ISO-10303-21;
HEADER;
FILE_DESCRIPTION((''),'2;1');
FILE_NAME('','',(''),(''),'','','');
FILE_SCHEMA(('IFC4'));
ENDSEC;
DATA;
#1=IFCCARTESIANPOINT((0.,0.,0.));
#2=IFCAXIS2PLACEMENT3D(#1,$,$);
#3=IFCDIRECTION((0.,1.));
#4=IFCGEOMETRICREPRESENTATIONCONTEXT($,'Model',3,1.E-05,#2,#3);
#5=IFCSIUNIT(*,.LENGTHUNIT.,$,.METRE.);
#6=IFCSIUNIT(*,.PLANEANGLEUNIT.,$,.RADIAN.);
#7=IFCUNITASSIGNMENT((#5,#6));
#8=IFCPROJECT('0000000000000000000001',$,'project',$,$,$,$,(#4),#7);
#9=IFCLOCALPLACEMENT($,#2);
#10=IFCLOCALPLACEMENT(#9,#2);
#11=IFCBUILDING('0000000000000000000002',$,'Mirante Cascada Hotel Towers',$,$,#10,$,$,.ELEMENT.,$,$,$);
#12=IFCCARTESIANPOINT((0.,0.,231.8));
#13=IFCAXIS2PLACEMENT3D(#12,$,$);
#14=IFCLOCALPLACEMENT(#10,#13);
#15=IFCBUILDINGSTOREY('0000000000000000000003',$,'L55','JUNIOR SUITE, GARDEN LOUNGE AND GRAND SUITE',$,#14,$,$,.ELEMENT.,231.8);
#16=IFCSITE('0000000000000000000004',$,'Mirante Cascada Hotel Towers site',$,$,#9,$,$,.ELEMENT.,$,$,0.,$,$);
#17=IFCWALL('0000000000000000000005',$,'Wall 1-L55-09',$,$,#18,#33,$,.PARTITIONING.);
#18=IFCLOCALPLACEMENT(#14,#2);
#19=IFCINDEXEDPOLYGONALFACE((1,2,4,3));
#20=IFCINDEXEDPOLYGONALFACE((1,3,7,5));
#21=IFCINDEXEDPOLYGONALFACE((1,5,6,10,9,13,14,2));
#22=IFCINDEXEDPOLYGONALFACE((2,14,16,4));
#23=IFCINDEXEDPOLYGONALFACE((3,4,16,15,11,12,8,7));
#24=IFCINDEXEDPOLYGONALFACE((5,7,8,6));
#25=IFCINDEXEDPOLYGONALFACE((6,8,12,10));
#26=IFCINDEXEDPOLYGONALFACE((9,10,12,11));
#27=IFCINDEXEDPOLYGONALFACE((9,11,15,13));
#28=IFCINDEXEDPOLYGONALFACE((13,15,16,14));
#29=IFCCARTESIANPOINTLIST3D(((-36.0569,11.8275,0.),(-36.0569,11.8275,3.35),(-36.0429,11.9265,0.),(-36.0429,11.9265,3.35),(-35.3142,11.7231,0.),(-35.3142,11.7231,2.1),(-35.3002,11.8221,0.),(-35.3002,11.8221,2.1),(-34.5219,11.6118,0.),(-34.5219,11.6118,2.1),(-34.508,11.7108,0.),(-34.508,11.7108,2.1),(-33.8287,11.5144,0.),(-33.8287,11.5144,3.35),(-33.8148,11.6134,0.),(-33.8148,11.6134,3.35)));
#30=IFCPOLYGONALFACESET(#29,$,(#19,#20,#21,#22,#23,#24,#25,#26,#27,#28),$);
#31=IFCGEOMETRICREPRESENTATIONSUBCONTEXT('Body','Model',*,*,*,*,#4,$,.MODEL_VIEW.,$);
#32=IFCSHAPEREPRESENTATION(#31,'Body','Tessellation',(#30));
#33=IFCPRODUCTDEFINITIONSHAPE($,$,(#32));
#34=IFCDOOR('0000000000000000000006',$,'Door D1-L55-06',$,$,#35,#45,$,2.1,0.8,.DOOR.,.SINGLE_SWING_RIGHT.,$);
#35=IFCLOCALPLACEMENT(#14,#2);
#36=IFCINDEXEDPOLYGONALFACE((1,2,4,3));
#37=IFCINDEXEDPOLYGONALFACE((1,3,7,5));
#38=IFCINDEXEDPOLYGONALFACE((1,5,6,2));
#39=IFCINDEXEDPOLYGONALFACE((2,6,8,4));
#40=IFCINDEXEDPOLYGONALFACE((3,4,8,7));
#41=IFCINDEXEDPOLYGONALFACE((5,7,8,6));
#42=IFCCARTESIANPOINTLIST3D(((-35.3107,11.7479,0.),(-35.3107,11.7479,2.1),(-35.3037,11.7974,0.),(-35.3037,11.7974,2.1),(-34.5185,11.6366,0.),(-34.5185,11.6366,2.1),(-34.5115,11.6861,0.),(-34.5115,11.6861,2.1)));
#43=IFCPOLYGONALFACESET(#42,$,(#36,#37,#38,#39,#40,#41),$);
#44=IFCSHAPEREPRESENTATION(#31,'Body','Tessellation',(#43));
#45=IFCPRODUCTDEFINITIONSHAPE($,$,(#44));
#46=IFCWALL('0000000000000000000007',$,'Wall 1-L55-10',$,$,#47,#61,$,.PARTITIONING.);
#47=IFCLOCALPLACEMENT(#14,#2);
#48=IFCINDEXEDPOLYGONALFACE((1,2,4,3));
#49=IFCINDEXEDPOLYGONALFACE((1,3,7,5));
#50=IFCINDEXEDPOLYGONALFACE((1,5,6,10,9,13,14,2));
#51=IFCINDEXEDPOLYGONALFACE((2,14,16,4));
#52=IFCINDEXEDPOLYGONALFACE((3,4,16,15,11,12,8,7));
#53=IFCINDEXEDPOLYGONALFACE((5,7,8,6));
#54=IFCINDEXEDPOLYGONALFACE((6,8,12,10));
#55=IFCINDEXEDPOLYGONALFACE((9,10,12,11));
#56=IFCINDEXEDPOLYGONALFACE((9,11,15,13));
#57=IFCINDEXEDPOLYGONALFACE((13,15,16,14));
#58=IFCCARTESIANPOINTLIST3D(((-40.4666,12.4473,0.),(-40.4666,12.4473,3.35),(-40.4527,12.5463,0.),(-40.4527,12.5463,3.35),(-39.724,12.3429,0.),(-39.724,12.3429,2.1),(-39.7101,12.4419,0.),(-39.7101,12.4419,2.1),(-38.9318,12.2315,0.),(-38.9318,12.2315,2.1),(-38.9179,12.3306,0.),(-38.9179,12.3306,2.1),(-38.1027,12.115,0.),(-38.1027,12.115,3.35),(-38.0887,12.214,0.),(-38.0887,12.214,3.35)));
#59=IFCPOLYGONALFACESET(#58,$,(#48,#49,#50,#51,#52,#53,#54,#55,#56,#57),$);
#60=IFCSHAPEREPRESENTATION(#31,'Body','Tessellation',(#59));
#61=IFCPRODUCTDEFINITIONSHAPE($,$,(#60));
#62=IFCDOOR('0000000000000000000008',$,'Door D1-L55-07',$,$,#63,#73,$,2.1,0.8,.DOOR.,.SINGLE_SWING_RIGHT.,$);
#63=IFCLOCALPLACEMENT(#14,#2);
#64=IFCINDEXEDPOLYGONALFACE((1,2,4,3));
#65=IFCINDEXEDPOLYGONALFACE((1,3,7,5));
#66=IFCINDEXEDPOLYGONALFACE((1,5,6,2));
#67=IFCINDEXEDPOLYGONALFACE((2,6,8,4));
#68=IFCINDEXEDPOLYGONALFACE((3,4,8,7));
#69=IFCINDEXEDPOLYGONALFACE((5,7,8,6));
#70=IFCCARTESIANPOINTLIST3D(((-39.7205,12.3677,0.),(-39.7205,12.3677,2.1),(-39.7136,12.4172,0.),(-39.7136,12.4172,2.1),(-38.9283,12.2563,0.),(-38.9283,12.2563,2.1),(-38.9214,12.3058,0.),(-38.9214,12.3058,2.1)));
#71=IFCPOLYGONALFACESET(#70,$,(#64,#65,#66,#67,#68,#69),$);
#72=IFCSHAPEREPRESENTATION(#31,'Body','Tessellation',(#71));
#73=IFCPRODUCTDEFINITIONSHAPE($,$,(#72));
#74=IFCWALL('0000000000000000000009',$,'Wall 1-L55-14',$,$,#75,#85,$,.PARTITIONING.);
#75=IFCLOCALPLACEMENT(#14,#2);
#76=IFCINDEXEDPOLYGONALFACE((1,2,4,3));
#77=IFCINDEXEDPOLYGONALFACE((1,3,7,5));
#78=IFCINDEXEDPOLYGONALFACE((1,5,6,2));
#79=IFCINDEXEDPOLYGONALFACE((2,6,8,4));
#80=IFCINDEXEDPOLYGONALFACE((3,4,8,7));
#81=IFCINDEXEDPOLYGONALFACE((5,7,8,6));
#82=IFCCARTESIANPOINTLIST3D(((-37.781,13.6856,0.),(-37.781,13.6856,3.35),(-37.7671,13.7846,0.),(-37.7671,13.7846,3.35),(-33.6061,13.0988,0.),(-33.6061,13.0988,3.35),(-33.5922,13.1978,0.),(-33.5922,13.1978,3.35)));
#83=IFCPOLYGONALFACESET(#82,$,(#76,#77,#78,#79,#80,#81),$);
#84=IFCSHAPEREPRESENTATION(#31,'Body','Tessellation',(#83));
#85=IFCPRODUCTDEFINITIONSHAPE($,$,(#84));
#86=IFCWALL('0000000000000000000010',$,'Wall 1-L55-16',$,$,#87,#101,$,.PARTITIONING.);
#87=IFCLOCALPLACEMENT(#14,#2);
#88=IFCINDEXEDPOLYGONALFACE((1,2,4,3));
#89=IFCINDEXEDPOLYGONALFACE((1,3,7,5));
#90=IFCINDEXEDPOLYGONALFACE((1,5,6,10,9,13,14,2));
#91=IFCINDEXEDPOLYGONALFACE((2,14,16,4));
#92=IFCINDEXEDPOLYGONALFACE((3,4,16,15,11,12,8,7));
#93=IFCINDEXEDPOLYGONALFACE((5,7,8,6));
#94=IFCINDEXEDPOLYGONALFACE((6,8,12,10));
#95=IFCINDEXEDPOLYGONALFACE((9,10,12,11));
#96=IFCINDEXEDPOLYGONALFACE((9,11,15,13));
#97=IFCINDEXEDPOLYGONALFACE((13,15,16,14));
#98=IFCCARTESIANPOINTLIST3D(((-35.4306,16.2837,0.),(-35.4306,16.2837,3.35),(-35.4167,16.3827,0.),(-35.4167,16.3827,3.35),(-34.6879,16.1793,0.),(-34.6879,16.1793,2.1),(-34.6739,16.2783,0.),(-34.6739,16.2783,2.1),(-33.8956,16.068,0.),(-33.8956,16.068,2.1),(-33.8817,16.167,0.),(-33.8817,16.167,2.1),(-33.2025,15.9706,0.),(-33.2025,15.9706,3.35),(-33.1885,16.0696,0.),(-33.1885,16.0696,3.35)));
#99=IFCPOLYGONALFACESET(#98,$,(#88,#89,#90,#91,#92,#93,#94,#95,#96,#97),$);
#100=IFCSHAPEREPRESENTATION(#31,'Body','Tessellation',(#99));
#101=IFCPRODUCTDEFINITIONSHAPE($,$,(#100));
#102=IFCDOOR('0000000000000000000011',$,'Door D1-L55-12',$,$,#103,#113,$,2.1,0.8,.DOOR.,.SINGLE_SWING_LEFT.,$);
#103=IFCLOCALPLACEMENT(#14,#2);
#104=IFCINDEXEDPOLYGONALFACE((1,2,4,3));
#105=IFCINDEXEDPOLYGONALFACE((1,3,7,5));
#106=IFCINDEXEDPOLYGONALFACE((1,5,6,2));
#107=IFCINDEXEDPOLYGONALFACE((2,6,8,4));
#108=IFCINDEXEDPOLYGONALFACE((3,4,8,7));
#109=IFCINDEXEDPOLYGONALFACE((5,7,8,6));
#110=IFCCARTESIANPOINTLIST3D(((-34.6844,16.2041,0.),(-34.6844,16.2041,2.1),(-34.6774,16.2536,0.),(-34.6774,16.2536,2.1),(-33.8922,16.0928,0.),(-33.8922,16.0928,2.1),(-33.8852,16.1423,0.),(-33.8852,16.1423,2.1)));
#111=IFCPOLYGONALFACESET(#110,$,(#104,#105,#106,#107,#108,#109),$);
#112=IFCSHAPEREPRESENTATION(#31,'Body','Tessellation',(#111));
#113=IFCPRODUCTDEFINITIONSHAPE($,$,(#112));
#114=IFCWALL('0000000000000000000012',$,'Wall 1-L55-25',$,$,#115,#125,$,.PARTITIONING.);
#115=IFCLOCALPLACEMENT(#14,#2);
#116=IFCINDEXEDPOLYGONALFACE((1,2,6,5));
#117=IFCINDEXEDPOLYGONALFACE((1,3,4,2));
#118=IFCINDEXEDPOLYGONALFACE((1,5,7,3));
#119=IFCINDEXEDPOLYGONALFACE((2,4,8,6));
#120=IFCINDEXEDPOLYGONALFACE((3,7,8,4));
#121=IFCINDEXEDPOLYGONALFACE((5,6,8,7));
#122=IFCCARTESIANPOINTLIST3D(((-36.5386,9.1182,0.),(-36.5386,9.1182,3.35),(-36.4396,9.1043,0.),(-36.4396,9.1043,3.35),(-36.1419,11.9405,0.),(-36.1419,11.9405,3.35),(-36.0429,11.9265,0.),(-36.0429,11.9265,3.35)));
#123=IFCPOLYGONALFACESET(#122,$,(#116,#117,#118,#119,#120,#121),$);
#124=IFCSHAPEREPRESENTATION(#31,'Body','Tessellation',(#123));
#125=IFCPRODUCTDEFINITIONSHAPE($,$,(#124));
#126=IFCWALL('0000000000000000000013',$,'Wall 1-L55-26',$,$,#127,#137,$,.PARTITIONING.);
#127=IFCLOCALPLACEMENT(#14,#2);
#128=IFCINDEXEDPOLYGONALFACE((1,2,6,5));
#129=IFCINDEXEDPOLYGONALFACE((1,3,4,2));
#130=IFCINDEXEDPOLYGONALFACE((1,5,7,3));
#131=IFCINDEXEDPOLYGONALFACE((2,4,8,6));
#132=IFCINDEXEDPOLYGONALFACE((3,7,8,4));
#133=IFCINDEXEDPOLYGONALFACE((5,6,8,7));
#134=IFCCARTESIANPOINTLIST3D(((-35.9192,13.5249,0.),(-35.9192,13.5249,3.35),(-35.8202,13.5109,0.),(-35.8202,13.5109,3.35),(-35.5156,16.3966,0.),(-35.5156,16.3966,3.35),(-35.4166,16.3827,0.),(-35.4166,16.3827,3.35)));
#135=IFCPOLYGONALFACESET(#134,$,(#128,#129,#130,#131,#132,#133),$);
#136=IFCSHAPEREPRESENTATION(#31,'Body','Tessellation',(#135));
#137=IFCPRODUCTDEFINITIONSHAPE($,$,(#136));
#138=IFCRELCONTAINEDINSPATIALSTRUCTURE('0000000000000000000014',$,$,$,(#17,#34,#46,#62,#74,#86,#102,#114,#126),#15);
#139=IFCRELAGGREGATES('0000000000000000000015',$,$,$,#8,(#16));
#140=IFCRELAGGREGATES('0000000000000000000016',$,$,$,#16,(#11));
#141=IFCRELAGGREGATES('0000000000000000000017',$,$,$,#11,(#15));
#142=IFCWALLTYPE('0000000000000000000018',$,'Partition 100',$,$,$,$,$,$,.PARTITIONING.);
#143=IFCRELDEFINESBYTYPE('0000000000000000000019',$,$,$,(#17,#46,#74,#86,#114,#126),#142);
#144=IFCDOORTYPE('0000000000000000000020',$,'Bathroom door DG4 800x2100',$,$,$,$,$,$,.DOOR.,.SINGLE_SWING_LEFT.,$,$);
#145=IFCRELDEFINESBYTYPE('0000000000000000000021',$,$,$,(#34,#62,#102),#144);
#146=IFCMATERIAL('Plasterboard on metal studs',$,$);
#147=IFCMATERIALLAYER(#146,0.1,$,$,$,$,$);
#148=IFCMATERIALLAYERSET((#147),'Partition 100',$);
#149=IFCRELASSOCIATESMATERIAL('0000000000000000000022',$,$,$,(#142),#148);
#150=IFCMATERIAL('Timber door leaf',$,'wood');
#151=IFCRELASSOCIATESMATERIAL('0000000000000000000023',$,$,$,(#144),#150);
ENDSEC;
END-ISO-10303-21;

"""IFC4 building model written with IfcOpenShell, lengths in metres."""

from ifc_helpers import new_model, si_unit, direction, frame, frame_2d, origin, place, context, subcontext, project, spatial, rectangle, extrude, material, layer, layer_set, type_object, element, fill, save


model = new_model("IFC4")

# Units and contexts
model_context = context("Model", 3, precision=1e-05, world=origin(), true_north=direction((0.0, 1.0)))
body_context = subcontext(model_context, "Body", "Model", "MODEL_VIEW")
ifc_project = project(units=[si_unit("LENGTHUNIT", "METRE"), si_unit("PLANEANGLEUNIT", "RADIAN")], contexts=[model_context])

# Site, building, storey
site_placement = place(None, origin())
site = spatial("IfcSite", under=ifc_project, at=site_placement, Name="Mirante Cascada Hotel Towers site", CompositionType="ELEMENT", RefElevation=0.0)
building_placement = place(site_placement, origin())
building = spatial("IfcBuilding", under=site, at=building_placement, Name="Mirante Cascada Hotel Towers", CompositionType="ELEMENT")
storey_placement = place(building_placement, frame((0.0, 0.0, 231.8)))
storey = spatial("IfcBuildingStorey", under=building, at=storey_placement, Name="L55", Description="JUNIOR SUITE, GARDEN LOUNGE AND GRAND SUITE", CompositionType="ELEMENT", Elevation=231.8)

# Shared definitions
ifc_material_1 = material(Name="Plasterboard on metal studs")
ifc_layer_1 = layer(ifc_material_1, 0.1)
ifc_layer_set_1 = layer_set([ifc_layer_1], Name="Partition 100")
wall_type_1 = type_object("IfcWallType", Name="Partition 100", PredefinedType="PARTITIONING", material=ifc_layer_set_1)

# Walls, openings, doors
wall_1_placement = place(storey_placement, frame((-36.0499, 11.877, 0.0), z_axis=(0.0, 0.0, 1.0), x_axis=(0.990271, -0.139156, 0.0)))
wall_1 = element("IfcWall", 1, at=wall_1_placement, inside=storey, type_object=wall_type_1, Name="Wall 1-L55-09", PredefinedType="PARTITIONING", context=body_context, shape_type="SweptSolid", body=[
    extrude(rectangle(XDim=2.25, YDim=0.1, at=frame_2d((1.125, 0.0))), origin(), (0.0, 0.0, 1.0), 3.35),
])
opening_1_placement = place(wall_1_placement, frame((0.75, 0.0, 0.0)))
opening_1 = element("IfcOpeningElement", 2, at=opening_1_placement, cuts=wall_1, PredefinedType="OPENING", context=body_context, shape_type="SweptSolid", body=[
    extrude(rectangle(XDim=0.8, YDim=2.1, at=frame_2d((0.4, 1.05))), frame((0.0, 0.05, 0.0), z_axis=(0.0, -1.0, 0.0), x_axis=(1.0, 0.0, 0.0)), (0.0, 0.0, 1.0), 0.1),
])
ifc_material_2 = material(Name="Timber door leaf", Category="wood")
door_type_1 = type_object("IfcDoorType", Name="Bathroom door DG4 800x2100", OperationType="SINGLE_SWING_LEFT", PredefinedType="DOOR", material=ifc_material_2)
door_1_placement = place(opening_1_placement, frame((0.8, 0.0, 0.0), z_axis=(0.0, 0.0, 1.0), x_axis=(-1.0, 0.0, 0.0)))
door_1 = element("IfcDoor", 3, at=door_1_placement, inside=storey, type_object=door_type_1, Name="Door D1-L55-06", OperationType="SINGLE_SWING_RIGHT", OverallHeight=2.1, OverallWidth=0.8, PredefinedType="DOOR", context=body_context, shape_type="SweptSolid", body=[
    extrude(rectangle(XDim=0.8, YDim=2.1, at=frame_2d((0.4, 1.05))), frame((0.0, 0.025, 0.0), z_axis=(0.0, -1.0, 0.0), x_axis=(1.0, 0.0, 0.0)), (0.0, 0.0, 1.0), 0.05),
])
fill(opening_1, door_1)
wall_2_placement = place(storey_placement, frame((-38.0957, 12.1645, 0.0), z_axis=(0.0, 0.0, 1.0), x_axis=(-0.990264, 0.139198, 0.0)))
wall_2 = element("IfcWall", 4, at=wall_2_placement, inside=storey, type_object=wall_type_1, Name="Wall 1-L55-10", PredefinedType="PARTITIONING", context=body_context, shape_type="SweptSolid", body=[
    extrude(rectangle(XDim=2.3872, YDim=0.1, at=frame_2d((1.1936, 0.0))), origin(), (0.0, 0.0, 1.0), 3.35),
])
opening_2_placement = place(wall_2_placement, frame((0.8373, 0.0, 0.0)))
opening_2 = element("IfcOpeningElement", 5, at=opening_2_placement, cuts=wall_2, PredefinedType="OPENING", context=body_context, shape_type="SweptSolid", body=[
    extrude(rectangle(XDim=0.8, YDim=2.1, at=frame_2d((0.4, 1.05))), frame((0.0, 0.05, 0.0), z_axis=(0.0, -1.0, 0.0), x_axis=(1.0, 0.0, 0.0)), (0.0, 0.0, 1.0), 0.1),
])
door_2_placement = place(opening_2_placement, frame((0.8, 0.0, 0.0), z_axis=(0.0, 0.0, 1.0), x_axis=(-1.0, 0.0, 0.0)))
door_2 = element("IfcDoor", 6, at=door_2_placement, inside=storey, type_object=door_type_1, Name="Door D1-L55-07", OperationType="SINGLE_SWING_RIGHT", OverallHeight=2.1, OverallWidth=0.8, PredefinedType="DOOR", context=body_context, shape_type="SweptSolid", body=[
    extrude(rectangle(XDim=0.8, YDim=2.1, at=frame_2d((0.4, 1.05))), frame((0.0, 0.025, 0.0), z_axis=(0.0, -1.0, 0.0), x_axis=(1.0, 0.0, 0.0)), (0.0, 0.0, 1.0), 0.05),
])
fill(opening_2, door_2)

# Wall
wall_3_placement = place(storey_placement, frame((-33.5991, 13.1483, 0.0), z_axis=(0.0, 0.0, 1.0), x_axis=(-0.990266, 0.139186, 0.0)))
element("IfcWall", 7, at=wall_3_placement, inside=storey, type_object=wall_type_1, Name="Wall 1-L55-14", PredefinedType="PARTITIONING", context=body_context, shape_type="SweptSolid", body=[
    extrude(rectangle(XDim=4.2159, YDim=0.1, at=frame_2d((2.108, 0.0))), origin(), (0.0, 0.0, 1.0), 3.35),
])

# Wall, opening, door
wall_4_placement = place(storey_placement, frame((-33.1955, 16.0201, 0.0), z_axis=(0.0, 0.0, 1.0), x_axis=(-0.990271, 0.139156, 0.0)))
wall_4 = element("IfcWall", 8, at=wall_4_placement, inside=storey, type_object=wall_type_1, Name="Wall 1-L55-16", PredefinedType="PARTITIONING", context=body_context, shape_type="SweptSolid", body=[
    extrude(rectangle(XDim=2.25, YDim=0.1, at=frame_2d((1.125, 0.0))), origin(), (0.0, 0.0, 1.0), 3.35),
])
opening_3_placement = place(wall_4_placement, frame((0.7, 0.0, 0.0)))
opening_3 = element("IfcOpeningElement", 9, at=opening_3_placement, cuts=wall_4, PredefinedType="OPENING", context=body_context, shape_type="SweptSolid", body=[
    extrude(rectangle(XDim=0.8, YDim=2.1, at=frame_2d((0.4, 1.05))), frame((0.0, 0.05, 0.0), z_axis=(0.0, -1.0, 0.0), x_axis=(1.0, 0.0, 0.0)), (0.0, 0.0, 1.0), 0.1),
])
door_3_placement = place(opening_3_placement, origin())
door_3 = element("IfcDoor", 10, at=door_3_placement, inside=storey, type_object=door_type_1, Name="Door D1-L55-12", OperationType="SINGLE_SWING_LEFT", OverallHeight=2.1, OverallWidth=0.8, PredefinedType="DOOR", context=body_context, shape_type="SweptSolid", body=[
    extrude(rectangle(XDim=0.8, YDim=2.1, at=frame_2d((0.4, 1.05))), frame((0.0, 0.025, 0.0), z_axis=(0.0, -1.0, 0.0), x_axis=(1.0, 0.0, 0.0)), (0.0, 0.0, 1.0), 0.05),
])
fill(opening_3, door_3)

# Walls
wall_5_placement = place(storey_placement, frame((-36.0924, 11.9335, 0.0), z_axis=(0.0, 0.0, 1.0), x_axis=(-0.139191, -0.990266, 0.0)))
element("IfcWall", 11, at=wall_5_placement, inside=storey, type_object=wall_type_1, Name="Wall 1-L55-25", PredefinedType="PARTITIONING", context=body_context, shape_type="SweptSolid", body=[
    extrude(rectangle(XDim=2.85, YDim=0.1, at=frame_2d((1.425, 0.0))), origin(), (0.0, 0.0, 1.0), 3.35),
])
wall_6_placement = place(storey_placement, frame((-35.8697, 13.5179, 0.0), z_axis=(0.0, 0.0, 1.0), x_axis=(0.139171, 0.990268, 0.0)))
element("IfcWall", 12, at=wall_6_placement, inside=storey, type_object=wall_type_1, Name="Wall 1-L55-26", PredefinedType="PARTITIONING", context=body_context, shape_type="SweptSolid", body=[
    extrude(rectangle(XDim=2.9, YDim=0.1, at=frame_2d((1.45, 0.0))), origin(), (0.0, 0.0, 1.0), 3.35),
])

save(model, "model.ifc")
